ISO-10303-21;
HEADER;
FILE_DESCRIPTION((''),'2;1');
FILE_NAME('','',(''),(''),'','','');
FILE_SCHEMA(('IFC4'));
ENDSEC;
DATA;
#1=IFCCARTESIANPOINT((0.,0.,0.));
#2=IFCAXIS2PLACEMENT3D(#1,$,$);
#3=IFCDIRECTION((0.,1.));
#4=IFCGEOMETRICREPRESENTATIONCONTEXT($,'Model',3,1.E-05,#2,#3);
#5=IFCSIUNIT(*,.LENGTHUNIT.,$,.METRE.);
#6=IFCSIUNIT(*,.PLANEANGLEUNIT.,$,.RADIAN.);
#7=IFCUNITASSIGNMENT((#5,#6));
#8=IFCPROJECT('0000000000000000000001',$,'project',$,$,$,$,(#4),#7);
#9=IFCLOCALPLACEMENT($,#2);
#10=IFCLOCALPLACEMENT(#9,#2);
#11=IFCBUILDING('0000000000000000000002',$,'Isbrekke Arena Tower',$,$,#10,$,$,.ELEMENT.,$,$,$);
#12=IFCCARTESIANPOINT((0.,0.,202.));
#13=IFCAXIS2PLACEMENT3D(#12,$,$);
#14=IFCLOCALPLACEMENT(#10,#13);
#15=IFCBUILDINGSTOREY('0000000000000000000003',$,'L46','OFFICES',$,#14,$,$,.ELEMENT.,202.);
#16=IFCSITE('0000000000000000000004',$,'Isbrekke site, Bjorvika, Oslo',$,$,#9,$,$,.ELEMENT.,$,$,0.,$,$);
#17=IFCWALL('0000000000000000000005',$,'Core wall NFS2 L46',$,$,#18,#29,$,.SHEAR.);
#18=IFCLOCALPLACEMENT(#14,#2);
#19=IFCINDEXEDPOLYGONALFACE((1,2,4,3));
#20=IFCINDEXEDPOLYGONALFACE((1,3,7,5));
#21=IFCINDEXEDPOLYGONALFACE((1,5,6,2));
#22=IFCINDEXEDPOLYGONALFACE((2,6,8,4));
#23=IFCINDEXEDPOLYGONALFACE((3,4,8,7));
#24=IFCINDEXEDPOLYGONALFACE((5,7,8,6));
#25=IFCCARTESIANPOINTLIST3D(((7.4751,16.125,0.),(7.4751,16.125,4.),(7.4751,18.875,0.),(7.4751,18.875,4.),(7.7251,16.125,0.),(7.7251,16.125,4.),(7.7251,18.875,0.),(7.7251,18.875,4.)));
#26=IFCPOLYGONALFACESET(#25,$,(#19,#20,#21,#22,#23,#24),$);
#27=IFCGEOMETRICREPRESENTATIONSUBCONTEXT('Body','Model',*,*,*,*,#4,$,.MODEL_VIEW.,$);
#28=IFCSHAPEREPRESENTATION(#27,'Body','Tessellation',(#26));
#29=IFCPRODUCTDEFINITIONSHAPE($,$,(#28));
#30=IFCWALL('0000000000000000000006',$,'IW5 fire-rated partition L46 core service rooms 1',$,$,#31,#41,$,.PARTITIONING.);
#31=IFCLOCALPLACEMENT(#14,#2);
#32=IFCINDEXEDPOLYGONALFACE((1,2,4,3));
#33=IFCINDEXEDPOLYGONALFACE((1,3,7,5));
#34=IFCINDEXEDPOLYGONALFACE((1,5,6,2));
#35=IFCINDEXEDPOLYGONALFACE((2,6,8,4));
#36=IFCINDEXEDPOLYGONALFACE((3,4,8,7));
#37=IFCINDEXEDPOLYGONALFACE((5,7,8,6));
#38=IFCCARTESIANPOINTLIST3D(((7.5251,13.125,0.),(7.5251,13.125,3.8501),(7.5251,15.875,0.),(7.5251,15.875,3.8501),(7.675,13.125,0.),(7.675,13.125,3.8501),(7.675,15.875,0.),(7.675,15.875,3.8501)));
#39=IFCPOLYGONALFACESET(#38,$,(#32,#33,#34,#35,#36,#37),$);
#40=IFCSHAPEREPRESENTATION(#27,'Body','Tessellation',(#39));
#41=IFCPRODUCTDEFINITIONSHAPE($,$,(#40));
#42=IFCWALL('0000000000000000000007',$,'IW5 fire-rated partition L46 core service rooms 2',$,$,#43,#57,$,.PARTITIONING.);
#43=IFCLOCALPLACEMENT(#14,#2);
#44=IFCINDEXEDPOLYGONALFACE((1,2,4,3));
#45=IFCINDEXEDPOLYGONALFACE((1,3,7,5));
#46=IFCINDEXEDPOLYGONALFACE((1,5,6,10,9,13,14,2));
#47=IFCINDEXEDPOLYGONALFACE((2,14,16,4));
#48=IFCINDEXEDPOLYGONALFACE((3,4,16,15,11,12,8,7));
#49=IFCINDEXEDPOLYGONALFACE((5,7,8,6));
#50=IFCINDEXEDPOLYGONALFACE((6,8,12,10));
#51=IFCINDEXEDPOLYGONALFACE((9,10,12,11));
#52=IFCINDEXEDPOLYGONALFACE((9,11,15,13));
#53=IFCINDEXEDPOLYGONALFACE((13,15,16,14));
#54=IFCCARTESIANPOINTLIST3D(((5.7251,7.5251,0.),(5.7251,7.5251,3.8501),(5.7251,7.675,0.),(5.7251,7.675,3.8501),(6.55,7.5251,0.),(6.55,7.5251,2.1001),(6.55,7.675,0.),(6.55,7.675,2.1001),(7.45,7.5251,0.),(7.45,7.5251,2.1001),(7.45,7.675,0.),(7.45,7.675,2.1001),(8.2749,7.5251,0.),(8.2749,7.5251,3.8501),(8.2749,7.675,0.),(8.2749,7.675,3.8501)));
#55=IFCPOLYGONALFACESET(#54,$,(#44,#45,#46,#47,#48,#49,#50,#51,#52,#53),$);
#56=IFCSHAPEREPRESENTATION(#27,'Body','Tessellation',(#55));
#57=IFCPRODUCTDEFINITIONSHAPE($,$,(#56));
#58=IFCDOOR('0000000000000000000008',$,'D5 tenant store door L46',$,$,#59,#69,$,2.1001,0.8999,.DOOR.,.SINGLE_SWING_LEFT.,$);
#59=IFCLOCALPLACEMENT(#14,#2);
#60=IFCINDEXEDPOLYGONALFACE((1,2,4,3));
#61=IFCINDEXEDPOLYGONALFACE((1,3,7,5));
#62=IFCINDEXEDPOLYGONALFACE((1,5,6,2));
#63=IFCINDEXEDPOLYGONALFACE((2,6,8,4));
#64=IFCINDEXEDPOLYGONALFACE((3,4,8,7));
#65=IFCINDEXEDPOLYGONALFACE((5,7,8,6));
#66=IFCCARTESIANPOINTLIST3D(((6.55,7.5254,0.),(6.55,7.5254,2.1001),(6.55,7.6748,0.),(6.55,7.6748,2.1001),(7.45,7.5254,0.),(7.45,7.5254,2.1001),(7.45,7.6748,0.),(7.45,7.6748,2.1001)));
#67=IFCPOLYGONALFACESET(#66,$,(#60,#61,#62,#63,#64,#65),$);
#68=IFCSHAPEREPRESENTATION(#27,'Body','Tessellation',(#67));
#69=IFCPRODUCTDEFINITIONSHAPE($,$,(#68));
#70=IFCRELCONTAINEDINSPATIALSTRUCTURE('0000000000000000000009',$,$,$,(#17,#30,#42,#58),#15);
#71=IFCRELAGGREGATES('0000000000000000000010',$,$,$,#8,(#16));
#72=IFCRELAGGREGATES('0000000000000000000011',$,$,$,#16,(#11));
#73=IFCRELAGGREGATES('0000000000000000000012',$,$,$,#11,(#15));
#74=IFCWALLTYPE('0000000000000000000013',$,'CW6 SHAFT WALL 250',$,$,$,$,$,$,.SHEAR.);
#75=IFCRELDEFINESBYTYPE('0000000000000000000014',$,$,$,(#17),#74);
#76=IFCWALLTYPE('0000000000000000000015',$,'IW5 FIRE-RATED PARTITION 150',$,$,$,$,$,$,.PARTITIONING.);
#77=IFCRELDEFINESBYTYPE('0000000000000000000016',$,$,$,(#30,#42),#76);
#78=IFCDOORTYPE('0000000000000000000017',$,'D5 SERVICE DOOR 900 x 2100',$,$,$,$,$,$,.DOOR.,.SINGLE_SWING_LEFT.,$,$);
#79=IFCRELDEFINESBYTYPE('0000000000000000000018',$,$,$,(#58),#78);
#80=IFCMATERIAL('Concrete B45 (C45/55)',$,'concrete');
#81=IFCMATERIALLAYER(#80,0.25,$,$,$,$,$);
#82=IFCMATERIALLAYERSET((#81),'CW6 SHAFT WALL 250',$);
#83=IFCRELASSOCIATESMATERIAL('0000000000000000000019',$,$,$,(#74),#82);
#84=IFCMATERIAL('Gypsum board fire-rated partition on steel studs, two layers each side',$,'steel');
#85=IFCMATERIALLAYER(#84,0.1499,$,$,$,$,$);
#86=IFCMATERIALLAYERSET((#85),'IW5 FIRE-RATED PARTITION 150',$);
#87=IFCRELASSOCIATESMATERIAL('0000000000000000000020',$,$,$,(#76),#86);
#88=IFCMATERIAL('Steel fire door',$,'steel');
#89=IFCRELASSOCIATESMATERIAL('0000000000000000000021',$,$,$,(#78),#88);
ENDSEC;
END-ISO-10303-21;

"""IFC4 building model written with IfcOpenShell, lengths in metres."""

from ifc_helpers import new_model, si_unit, direction, frame, frame_2d, origin, place, context, subcontext, project, spatial, rectangle, extrude, material, layer, layer_set, type_object, element, fill, save


model = new_model("IFC4")

# Units and contexts
model_context = context("Model", 3, precision=1e-05, world=origin(), true_north=direction((0.0, 1.0)))
body_context = subcontext(model_context, "Body", "Model", "MODEL_VIEW")
ifc_project = project(units=[si_unit("LENGTHUNIT", "METRE"), si_unit("PLANEANGLEUNIT", "RADIAN")], contexts=[model_context])

# Site, building, storey
site_placement = place(None, origin())
site = spatial("IfcSite", under=ifc_project, at=site_placement, Name="Isbrekke site, Bjorvika, Oslo", CompositionType="ELEMENT", RefElevation=0.0)
building_placement = place(site_placement, origin())
building = spatial("IfcBuilding", under=site, at=building_placement, Name="Isbrekke Arena Tower", CompositionType="ELEMENT")
storey_placement = place(building_placement, frame((0.0, 0.0, 202.0)))
storey = spatial("IfcBuildingStorey", under=building, at=storey_placement, Name="L46", Description="OFFICES", CompositionType="ELEMENT", Elevation=202.0)

# Walls
ifc_material_1 = material(Name="Concrete B45 (C45/55)", Category="concrete")
ifc_layer_1 = layer(ifc_material_1, 0.25)
ifc_layer_set_1 = layer_set([ifc_layer_1], Name="CW6 SHAFT WALL 250")
wall_type_1 = type_object("IfcWallType", Name="CW6 SHAFT WALL 250", PredefinedType="SHEAR", material=ifc_layer_set_1)
wall_1_placement = place(storey_placement, frame((7.6001, 16.125, 0.0), z_axis=(0.0, 0.0, 1.0), x_axis=(0.0, 1.0, 0.0)))
element("IfcWall", 1, at=wall_1_placement, inside=storey, type_object=wall_type_1, Name="Core wall NFS2 L46", PredefinedType="SHEAR", context=body_context, shape_type="SweptSolid", body=[
    extrude(rectangle(XDim=2.75, YDim=0.25, at=frame_2d((1.375, 0.0))), origin(), (0.0, 0.0, 1.0), 4.0),
])
ifc_material_2 = material(Name="Gypsum board fire-rated partition on steel studs, two layers each side", Category="steel")
ifc_layer_2 = layer(ifc_material_2, 0.1499)
ifc_layer_set_2 = layer_set([ifc_layer_2], Name="IW5 FIRE-RATED PARTITION 150")
wall_type_2 = type_object("IfcWallType", Name="IW5 FIRE-RATED PARTITION 150", PredefinedType="PARTITIONING", material=ifc_layer_set_2)
wall_2_placement = place(storey_placement, frame((7.6001, 13.125, 0.0), z_axis=(0.0, 0.0, 1.0), x_axis=(0.0, 1.0, 0.0)))
element("IfcWall", 2, at=wall_2_placement, inside=storey, type_object=wall_type_2, Name="IW5 fire-rated partition L46 core service rooms 1", PredefinedType="PARTITIONING", context=body_context, shape_type="SweptSolid", body=[
    extrude(rectangle(XDim=2.75, YDim=0.1499, at=frame_2d((1.375, 0.0))), origin(), (0.0, 0.0, 1.0), 3.8501),
])

# Wall, opening, door
wall_3_placement = place(storey_placement, frame((5.7251, 7.6001, 0.0), z_axis=(0.0, 0.0, 1.0), x_axis=(1.0, 0.0, 0.0)))
wall_3 = element("IfcWall", 3, at=wall_3_placement, inside=storey, type_object=wall_type_2, Name="IW5 fire-rated partition L46 core service rooms 2", PredefinedType="PARTITIONING", context=body_context, shape_type="SweptSolid", body=[
    extrude(rectangle(XDim=2.5498, YDim=0.1499, at=frame_2d((1.2749, 0.0))), origin(), (0.0, 0.0, 1.0), 3.8501),
])
opening_1_placement = place(wall_3_placement, frame((0.825, 0.0, 0.0)))
opening_1 = element("IfcOpeningElement", 4, at=opening_1_placement, cuts=wall_3, PredefinedType="OPENING", context=body_context, shape_type="SweptSolid", body=[
    extrude(rectangle(XDim=0.8999, YDim=2.1001, at=frame_2d((0.45, 1.05))), frame((0.0, 0.0898, 0.0), z_axis=(0.0, -1.0, 0.0), x_axis=(1.0, 0.0, 0.0)), (0.0, 0.0, 1.0), 0.1797),
])
ifc_material_3 = material(Name="Steel fire door", Category="steel")
door_type_1 = type_object("IfcDoorType", Name="D5 SERVICE DOOR 900 x 2100", OperationType="SINGLE_SWING_LEFT", PredefinedType="DOOR", material=ifc_material_3)
door_1_placement = place(opening_1_placement, origin())
door_1 = element("IfcDoor", 5, at=door_1_placement, inside=storey, type_object=door_type_1, Name="D5 tenant store door L46", OperationType="SINGLE_SWING_LEFT", OverallHeight=2.1001, OverallWidth=0.8999, PredefinedType="DOOR", context=body_context, shape_type="SweptSolid", body=[
    extrude(rectangle(XDim=0.8999, YDim=2.1001, at=frame_2d((0.45, 1.05))), frame((0.0, 0.0747, 0.0), z_axis=(0.0, -1.0, 0.0), x_axis=(1.0, 0.0, 0.0)), (0.0, 0.0, 1.0), 0.1494),
])
fill(opening_1, door_1)

save(model, "model.ifc")
